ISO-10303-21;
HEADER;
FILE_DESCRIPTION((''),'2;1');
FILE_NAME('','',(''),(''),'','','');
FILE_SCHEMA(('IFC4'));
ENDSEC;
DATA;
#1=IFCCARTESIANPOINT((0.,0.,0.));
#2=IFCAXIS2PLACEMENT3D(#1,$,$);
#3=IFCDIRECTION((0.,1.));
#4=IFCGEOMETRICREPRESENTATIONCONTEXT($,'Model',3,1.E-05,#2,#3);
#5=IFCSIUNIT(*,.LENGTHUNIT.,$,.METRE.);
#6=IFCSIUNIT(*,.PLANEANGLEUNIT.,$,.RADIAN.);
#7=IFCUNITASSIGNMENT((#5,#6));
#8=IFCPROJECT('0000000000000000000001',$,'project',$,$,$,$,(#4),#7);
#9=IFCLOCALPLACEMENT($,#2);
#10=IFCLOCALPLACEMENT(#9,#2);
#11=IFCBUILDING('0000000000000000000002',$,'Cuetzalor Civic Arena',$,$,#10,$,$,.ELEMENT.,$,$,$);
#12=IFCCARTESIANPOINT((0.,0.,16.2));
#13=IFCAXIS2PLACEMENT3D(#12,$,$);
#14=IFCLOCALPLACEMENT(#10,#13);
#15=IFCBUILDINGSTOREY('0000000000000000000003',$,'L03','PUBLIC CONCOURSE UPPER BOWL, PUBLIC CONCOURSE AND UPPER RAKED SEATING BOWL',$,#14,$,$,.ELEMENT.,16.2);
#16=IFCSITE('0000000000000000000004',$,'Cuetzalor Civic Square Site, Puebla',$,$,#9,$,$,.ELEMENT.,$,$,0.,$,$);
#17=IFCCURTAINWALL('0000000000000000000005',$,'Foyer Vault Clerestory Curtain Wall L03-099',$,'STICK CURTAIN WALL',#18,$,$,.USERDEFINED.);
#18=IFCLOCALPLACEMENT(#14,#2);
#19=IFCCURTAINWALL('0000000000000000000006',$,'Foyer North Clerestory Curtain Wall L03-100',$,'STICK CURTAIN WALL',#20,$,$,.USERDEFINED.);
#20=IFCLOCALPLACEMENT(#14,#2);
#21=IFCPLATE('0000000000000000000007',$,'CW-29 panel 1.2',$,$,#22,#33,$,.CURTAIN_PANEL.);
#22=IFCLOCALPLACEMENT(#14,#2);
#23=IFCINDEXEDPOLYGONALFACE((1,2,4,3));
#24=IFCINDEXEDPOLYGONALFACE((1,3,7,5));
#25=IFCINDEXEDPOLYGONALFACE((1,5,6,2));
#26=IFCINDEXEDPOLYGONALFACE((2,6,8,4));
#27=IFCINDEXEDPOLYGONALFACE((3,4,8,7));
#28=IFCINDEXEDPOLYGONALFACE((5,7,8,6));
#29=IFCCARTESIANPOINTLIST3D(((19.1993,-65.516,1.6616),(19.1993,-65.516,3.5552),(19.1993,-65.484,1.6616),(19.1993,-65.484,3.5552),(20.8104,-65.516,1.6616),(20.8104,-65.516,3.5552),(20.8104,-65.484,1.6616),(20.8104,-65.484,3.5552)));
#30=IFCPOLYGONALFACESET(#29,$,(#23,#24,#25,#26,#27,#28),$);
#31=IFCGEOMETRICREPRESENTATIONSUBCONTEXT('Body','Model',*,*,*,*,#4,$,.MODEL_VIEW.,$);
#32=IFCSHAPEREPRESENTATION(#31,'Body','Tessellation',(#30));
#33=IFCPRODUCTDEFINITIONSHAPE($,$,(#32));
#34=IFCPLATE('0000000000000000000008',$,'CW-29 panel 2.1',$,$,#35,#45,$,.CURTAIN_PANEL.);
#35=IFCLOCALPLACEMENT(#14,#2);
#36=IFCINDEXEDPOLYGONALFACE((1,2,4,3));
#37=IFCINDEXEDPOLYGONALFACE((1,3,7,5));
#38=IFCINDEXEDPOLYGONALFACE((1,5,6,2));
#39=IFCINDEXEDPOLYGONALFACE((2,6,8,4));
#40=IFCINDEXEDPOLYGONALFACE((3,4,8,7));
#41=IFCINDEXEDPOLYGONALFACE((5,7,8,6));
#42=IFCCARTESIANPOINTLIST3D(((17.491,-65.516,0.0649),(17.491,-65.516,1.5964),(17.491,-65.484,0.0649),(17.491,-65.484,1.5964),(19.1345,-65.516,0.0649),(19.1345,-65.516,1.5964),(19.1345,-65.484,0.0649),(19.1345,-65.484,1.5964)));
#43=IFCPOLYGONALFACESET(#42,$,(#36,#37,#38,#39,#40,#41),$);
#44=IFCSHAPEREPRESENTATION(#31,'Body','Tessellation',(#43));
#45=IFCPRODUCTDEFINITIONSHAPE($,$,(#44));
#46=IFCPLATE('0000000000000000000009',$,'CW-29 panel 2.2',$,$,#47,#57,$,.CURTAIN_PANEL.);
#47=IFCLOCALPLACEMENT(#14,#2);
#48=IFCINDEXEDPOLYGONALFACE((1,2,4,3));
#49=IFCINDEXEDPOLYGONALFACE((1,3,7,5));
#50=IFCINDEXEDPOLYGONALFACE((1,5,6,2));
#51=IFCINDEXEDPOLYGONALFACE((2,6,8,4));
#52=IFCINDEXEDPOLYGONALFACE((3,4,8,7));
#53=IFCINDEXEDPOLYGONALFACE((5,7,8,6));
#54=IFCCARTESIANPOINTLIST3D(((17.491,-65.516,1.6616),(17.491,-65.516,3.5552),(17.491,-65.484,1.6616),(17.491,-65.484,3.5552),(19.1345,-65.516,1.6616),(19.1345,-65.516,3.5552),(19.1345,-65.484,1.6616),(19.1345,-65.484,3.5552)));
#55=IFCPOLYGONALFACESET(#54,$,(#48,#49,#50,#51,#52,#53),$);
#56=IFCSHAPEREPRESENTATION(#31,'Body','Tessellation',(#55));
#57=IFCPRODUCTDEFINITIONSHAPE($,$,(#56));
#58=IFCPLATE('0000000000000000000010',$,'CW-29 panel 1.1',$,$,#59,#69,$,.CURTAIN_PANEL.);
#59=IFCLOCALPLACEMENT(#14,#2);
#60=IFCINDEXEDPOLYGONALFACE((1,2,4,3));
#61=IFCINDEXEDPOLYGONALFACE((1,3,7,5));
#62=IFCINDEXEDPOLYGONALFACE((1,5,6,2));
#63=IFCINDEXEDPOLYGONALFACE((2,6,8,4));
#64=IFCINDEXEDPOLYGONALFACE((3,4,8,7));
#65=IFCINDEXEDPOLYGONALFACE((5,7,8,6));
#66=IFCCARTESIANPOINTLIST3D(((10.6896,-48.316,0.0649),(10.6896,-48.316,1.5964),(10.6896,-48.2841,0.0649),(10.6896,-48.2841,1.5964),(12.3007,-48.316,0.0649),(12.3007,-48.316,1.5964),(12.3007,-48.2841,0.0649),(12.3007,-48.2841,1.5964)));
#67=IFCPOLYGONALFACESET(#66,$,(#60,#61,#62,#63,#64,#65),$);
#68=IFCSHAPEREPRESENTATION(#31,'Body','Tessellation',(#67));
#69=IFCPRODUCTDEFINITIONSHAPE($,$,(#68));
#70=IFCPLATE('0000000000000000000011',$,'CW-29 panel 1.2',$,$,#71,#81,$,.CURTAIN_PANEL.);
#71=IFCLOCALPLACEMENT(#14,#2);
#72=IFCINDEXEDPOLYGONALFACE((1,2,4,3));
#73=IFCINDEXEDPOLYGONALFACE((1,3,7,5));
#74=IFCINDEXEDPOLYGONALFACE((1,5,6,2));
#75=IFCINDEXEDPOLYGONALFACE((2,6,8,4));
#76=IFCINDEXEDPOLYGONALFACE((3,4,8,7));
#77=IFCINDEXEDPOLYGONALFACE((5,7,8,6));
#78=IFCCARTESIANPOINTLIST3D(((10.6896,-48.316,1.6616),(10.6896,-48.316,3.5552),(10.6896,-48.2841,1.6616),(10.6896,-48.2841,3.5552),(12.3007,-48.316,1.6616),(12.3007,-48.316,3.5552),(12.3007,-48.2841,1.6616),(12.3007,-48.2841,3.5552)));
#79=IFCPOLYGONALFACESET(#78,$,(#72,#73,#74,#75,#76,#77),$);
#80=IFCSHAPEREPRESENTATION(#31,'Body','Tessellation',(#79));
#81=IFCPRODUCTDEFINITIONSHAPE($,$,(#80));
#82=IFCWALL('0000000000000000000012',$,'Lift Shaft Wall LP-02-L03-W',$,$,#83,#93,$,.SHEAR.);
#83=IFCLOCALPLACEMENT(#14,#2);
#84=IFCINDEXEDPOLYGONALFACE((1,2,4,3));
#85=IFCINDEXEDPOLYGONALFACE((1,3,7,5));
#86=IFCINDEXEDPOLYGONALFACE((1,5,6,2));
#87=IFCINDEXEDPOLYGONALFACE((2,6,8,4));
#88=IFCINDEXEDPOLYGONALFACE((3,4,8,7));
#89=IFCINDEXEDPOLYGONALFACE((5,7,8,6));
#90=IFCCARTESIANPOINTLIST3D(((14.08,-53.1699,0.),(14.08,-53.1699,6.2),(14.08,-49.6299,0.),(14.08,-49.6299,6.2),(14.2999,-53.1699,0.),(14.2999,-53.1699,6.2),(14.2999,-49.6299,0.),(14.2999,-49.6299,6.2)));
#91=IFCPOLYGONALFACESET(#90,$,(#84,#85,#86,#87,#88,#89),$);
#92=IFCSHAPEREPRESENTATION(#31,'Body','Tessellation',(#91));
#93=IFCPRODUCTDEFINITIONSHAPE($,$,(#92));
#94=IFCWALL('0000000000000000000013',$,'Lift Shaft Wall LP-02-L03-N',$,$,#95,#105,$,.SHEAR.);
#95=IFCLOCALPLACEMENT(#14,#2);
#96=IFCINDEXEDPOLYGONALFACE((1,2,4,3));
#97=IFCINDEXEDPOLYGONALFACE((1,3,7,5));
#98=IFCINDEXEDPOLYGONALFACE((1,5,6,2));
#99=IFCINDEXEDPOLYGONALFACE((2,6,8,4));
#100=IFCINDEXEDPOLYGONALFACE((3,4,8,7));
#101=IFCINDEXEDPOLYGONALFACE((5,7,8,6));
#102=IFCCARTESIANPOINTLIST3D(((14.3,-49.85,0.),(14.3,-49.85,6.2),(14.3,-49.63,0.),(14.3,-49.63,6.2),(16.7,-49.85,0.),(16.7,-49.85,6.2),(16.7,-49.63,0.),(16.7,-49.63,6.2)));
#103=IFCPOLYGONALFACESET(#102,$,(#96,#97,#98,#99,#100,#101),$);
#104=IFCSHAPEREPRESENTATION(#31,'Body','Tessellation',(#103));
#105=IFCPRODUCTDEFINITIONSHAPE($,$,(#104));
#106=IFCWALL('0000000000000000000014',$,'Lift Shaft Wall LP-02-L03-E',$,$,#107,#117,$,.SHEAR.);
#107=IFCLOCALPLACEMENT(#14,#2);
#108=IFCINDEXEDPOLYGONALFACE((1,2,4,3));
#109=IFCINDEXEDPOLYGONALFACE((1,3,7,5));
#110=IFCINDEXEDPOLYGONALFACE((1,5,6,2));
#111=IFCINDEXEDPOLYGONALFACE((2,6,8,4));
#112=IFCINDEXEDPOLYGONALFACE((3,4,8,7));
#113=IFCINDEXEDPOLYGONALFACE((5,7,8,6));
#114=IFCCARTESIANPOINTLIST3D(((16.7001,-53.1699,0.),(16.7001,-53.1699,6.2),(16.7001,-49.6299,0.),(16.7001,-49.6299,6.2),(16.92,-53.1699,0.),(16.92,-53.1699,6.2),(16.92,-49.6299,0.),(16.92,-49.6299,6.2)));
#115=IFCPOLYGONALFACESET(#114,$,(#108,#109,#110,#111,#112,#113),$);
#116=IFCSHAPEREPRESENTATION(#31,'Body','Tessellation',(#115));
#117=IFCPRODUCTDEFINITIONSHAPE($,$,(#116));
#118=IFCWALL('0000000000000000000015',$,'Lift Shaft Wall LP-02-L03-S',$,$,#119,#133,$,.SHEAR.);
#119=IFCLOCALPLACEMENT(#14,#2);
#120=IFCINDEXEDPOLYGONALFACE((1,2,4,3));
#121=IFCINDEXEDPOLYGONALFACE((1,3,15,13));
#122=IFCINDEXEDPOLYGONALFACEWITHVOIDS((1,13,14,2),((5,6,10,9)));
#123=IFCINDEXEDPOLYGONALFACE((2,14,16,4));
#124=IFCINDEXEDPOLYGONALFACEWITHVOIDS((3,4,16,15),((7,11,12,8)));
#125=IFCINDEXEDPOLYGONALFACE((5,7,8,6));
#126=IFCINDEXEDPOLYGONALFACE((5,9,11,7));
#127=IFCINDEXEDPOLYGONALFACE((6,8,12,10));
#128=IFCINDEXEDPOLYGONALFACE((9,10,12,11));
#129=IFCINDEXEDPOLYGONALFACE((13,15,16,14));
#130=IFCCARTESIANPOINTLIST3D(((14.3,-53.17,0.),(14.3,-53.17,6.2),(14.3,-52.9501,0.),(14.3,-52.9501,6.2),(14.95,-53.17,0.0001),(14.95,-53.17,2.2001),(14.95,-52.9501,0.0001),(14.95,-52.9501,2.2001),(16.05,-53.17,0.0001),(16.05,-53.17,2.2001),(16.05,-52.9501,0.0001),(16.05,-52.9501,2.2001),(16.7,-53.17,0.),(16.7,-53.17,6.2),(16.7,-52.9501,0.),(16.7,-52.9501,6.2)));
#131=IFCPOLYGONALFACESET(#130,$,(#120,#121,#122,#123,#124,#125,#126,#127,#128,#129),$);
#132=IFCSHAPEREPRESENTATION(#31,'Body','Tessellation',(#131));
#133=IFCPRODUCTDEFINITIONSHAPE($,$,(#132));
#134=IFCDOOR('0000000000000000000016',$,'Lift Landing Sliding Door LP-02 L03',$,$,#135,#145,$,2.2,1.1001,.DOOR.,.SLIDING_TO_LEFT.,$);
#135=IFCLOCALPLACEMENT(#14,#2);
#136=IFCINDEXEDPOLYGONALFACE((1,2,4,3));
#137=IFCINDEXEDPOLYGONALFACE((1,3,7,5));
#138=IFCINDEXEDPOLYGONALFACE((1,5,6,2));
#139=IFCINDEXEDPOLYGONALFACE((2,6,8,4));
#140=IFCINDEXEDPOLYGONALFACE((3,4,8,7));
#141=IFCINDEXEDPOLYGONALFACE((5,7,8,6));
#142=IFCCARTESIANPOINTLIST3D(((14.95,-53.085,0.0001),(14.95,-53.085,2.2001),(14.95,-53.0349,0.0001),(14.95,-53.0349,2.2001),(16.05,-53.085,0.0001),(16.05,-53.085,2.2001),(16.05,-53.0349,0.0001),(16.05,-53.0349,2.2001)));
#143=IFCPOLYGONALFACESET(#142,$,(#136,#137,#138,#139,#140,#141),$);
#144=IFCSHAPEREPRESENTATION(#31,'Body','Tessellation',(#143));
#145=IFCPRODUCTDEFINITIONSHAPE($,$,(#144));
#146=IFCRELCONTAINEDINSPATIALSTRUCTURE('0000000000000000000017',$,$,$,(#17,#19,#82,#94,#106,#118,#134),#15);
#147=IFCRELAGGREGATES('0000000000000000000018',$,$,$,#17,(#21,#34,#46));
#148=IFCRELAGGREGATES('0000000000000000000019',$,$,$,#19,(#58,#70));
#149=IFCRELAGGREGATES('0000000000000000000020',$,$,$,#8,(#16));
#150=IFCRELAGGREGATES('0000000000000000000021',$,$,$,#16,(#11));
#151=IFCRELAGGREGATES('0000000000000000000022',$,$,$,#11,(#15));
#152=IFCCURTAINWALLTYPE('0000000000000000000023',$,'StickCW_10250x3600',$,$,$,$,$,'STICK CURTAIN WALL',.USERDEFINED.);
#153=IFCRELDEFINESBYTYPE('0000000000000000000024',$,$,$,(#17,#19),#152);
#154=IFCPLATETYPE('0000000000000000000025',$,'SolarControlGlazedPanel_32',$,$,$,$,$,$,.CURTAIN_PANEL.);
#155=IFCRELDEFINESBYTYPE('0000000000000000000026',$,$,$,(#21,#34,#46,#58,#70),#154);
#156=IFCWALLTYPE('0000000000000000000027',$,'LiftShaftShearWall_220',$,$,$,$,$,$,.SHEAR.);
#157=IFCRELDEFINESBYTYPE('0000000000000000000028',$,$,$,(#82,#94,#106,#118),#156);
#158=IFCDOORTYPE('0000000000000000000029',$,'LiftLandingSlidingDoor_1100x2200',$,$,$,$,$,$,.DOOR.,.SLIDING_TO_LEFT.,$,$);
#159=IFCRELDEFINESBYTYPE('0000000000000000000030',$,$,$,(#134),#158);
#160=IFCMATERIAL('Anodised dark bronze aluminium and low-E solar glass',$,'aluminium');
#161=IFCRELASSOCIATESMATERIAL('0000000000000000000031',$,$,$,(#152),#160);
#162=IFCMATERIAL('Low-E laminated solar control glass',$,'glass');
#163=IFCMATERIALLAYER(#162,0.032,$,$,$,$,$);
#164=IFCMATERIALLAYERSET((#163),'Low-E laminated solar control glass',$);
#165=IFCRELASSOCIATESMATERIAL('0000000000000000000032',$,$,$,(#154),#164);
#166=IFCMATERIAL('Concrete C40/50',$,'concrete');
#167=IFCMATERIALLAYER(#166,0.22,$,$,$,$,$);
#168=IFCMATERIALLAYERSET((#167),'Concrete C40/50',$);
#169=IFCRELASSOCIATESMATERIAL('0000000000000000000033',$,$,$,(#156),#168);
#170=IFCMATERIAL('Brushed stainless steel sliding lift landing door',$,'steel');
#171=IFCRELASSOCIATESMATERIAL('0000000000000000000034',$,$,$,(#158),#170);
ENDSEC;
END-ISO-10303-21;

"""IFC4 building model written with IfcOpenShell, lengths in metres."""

from ifc_helpers import new_model, si_unit, direction, frame, frame_2d, origin, origin_2d, place, context, subcontext, project, spatial, rectangle, extrude, material, layer, layer_set, type_object, element, fill, aggregate, save


model = new_model("IFC4")

# Units and contexts
model_context = context("Model", 3, precision=1e-05, world=origin(), true_north=direction((0.0, 1.0)))
body_context = subcontext(model_context, "Body", "Model", "MODEL_VIEW")
ifc_project = project(units=[si_unit("LENGTHUNIT", "METRE"), si_unit("PLANEANGLEUNIT", "RADIAN")], contexts=[model_context])

# Site, building, storey
site_placement = place(None, origin())
site = spatial("IfcSite", under=ifc_project, at=site_placement, Name="Cuetzalor Civic Square Site, Puebla", CompositionType="ELEMENT", RefElevation=0.0)
building_placement = place(site_placement, origin())
building = spatial("IfcBuilding", under=site, at=building_placement, Name="Cuetzalor Civic Arena", CompositionType="ELEMENT")
storey_placement = place(building_placement, frame((0.0, 0.0, 16.2)))
storey = spatial("IfcBuildingStorey", under=building, at=storey_placement, Name="L03", Description="PUBLIC CONCOURSE UPPER BOWL, PUBLIC CONCOURSE AND UPPER RAKED SEATING BOWL", CompositionType="ELEMENT", Elevation=16.2)

# Curtain wall
ifc_material_1 = material(Name="Anodised dark bronze aluminium and low-E solar glass", Category="aluminium")
curtain_wall_type = type_object("IfcCurtainWallType", Name="StickCW_10250x3600", ElementType="STICK CURTAIN WALL", PredefinedType="USERDEFINED", material=ifc_material_1)
curtain_wall_1_placement = place(storey_placement, origin())
curtain_wall_1 = element("IfcCurtainWall", 1, at=curtain_wall_1_placement, inside=storey, type_object=curtain_wall_type, Name="Foyer Vault Clerestory Curtain Wall L03-099", ObjectType="STICK CURTAIN WALL", PredefinedType="USERDEFINED")

# Curtain wall
curtain_wall_2_placement = place(storey_placement, origin())
curtain_wall_2 = element("IfcCurtainWall", 2, at=curtain_wall_2_placement, inside=storey, type_object=curtain_wall_type, Name="Foyer North Clerestory Curtain Wall L03-100", ObjectType="STICK CURTAIN WALL", PredefinedType="USERDEFINED")

# Plates
ifc_material_2 = material(Name="Low-E laminated solar control glass", Category="glass")
ifc_layer_1 = layer(ifc_material_2, 0.032)
ifc_layer_set_1 = layer_set([ifc_layer_1], Name="Low-E laminated solar control glass")
plate_type = type_object("IfcPlateType", Name="SolarControlGlazedPanel_32", PredefinedType="CURTAIN_PANEL", material=ifc_layer_set_1)
plate_1_placement = place(storey_placement, frame((20.0049, -65.5, 1.6616), z_axis=(0.0, 0.0, 1.0), x_axis=(-1.0, 0.0, 0.0)))
plate_1 = element("IfcPlate", 3, at=plate_1_placement, type_object=plate_type, Name="CW-29 panel 1.2", PredefinedType="CURTAIN_PANEL", context=body_context, shape_type="SweptSolid", body=[
    extrude(rectangle(XDim=1.6111, YDim=0.032, at=origin_2d()), origin(), (0.0, 0.0, 1.0), 1.8936),
])
plate_2_placement = place(storey_placement, frame((18.3127, -65.5, 0.0649), z_axis=(0.0, 0.0, 1.0), x_axis=(-1.0, 0.0, 0.0)))
plate_2 = element("IfcPlate", 4, at=plate_2_placement, type_object=plate_type, Name="CW-29 panel 2.1", PredefinedType="CURTAIN_PANEL", context=body_context, shape_type="SweptSolid", body=[
    extrude(rectangle(XDim=1.6436, YDim=0.032, at=origin_2d()), origin(), (0.0, 0.0, 1.0), 1.5315),
])
plate_3_placement = place(storey_placement, frame((18.3127, -65.5, 1.6616), z_axis=(0.0, 0.0, 1.0), x_axis=(-1.0, 0.0, 0.0)))
plate_3 = element("IfcPlate", 5, at=plate_3_placement, type_object=plate_type, Name="CW-29 panel 2.2", PredefinedType="CURTAIN_PANEL", context=body_context, shape_type="SweptSolid", body=[
    extrude(rectangle(XDim=1.6436, YDim=0.032, at=origin_2d()), origin(), (0.0, 0.0, 1.0), 1.8936),
])
aggregate(curtain_wall_1, [plate_1, plate_2, plate_3])
plate_4_placement = place(storey_placement, frame((11.4951, -48.3, 0.0649), z_axis=(0.0, 0.0, 1.0), x_axis=(1.0, 0.0, 0.0)))
plate_4 = element("IfcPlate", 6, at=plate_4_placement, type_object=plate_type, Name="CW-29 panel 1.1", PredefinedType="CURTAIN_PANEL", context=body_context, shape_type="SweptSolid", body=[
    extrude(rectangle(XDim=1.6111, YDim=0.032, at=origin_2d()), origin(), (0.0, 0.0, 1.0), 1.5315),
])
plate_5_placement = place(storey_placement, frame((11.4951, -48.3, 1.6616), z_axis=(0.0, 0.0, 1.0), x_axis=(1.0, 0.0, 0.0)))
plate_5 = element("IfcPlate", 7, at=plate_5_placement, type_object=plate_type, Name="CW-29 panel 1.2", PredefinedType="CURTAIN_PANEL", context=body_context, shape_type="SweptSolid", body=[
    extrude(rectangle(XDim=1.6111, YDim=0.032, at=origin_2d()), origin(), (0.0, 0.0, 1.0), 1.8936),
])
aggregate(curtain_wall_2, [plate_4, plate_5])

# Walls
ifc_material_3 = material(Name="Concrete C40/50", Category="concrete")
ifc_layer_2 = layer(ifc_material_3, 0.22)
ifc_layer_set_2 = layer_set([ifc_layer_2], Name="Concrete C40/50")
wall_type = type_object("IfcWallType", Name="LiftShaftShearWall_220", PredefinedType="SHEAR", material=ifc_layer_set_2)
wall_1_placement = place(storey_placement, frame((14.1899, -53.1699, 0.0), z_axis=(0.0, 0.0, 1.0), x_axis=(0.0, 1.0, 0.0)))
element("IfcWall", 8, at=wall_1_placement, inside=storey, type_object=wall_type, Name="Lift Shaft Wall LP-02-L03-W", PredefinedType="SHEAR", context=body_context, shape_type="SweptSolid", body=[
    extrude(rectangle(XDim=3.54, YDim=0.22, at=frame_2d((1.77, 0.0))), origin(), (0.0, 0.0, 1.0), 6.2),
])
wall_2_placement = place(storey_placement, frame((14.3, -49.74, 0.0), z_axis=(0.0, 0.0, 1.0), x_axis=(1.0, 0.0, 0.0)))
element("IfcWall", 9, at=wall_2_placement, inside=storey, type_object=wall_type, Name="Lift Shaft Wall LP-02-L03-N", PredefinedType="SHEAR", context=body_context, shape_type="SweptSolid", body=[
    extrude(rectangle(XDim=2.3999, YDim=0.22, at=frame_2d((1.2, 0.0))), origin(), (0.0, 0.0, 1.0), 6.2),
])
wall_3_placement = place(storey_placement, frame((16.8101, -49.6299, 0.0), z_axis=(0.0, 0.0, 1.0), x_axis=(0.0, -1.0, 0.0)))
element("IfcWall", 10, at=wall_3_placement, inside=storey, type_object=wall_type, Name="Lift Shaft Wall LP-02-L03-E", PredefinedType="SHEAR", context=body_context, shape_type="SweptSolid", body=[
    extrude(rectangle(XDim=3.54, YDim=0.22, at=frame_2d((1.77, 0.0))), origin(), (0.0, 0.0, 1.0), 6.2),
])

# Wall, opening, door
wall_4_placement = place(storey_placement, frame((16.7, -53.0601, 0.0), z_axis=(0.0, 0.0, 1.0), x_axis=(-1.0, 0.0, 0.0)))
wall_4 = element("IfcWall", 11, at=wall_4_placement, inside=storey, type_object=wall_type, Name="Lift Shaft Wall LP-02-L03-S", PredefinedType="SHEAR", context=body_context, shape_type="SweptSolid", body=[
    extrude(rectangle(XDim=2.3999, YDim=0.22, at=frame_2d((1.2, 0.0))), origin(), (0.0, 0.0, 1.0), 6.2),
])
opening_placement = place(wall_4_placement, frame((0.6499, 0.0, 0.0)))
opening = element("IfcOpeningElement", 12, at=opening_placement, cuts=wall_4, PredefinedType="OPENING", context=body_context, shape_type="SweptSolid", body=[
    extrude(rectangle(XDim=1.1001, YDim=2.2, at=frame_2d((0.55, 1.1001))), frame((0.0, 0.1201, 0.0), z_axis=(0.0, -1.0, 0.0), x_axis=(1.0, 0.0, 0.0)), (0.0, 0.0, 1.0), 0.24),
])
ifc_material_4 = material(Name="Brushed stainless steel sliding lift landing door", Category="steel")
door_type = type_object("IfcDoorType", Name="LiftLandingSlidingDoor_1100x2200", OperationType="SLIDING_TO_LEFT", PredefinedType="DOOR", material=ifc_material_4)
door_placement = place(opening_placement, origin())
door = element("IfcDoor", 13, at=door_placement, inside=storey, type_object=door_type, Name="Lift Landing Sliding Door LP-02 L03", OperationType="SLIDING_TO_LEFT", OverallHeight=2.2, OverallWidth=1.1001, PredefinedType="DOOR", context=body_context, shape_type="SweptSolid", body=[
    extrude(rectangle(XDim=1.1001, YDim=2.2, at=frame_2d((0.55, 1.1001))), frame((0.0, 0.0249, 0.0), z_axis=(0.0, -1.0, 0.0), x_axis=(1.0, 0.0, 0.0)), (0.0, 0.0, 1.0), 0.05),
])
fill(opening, door)

save(model, "model.ifc")
